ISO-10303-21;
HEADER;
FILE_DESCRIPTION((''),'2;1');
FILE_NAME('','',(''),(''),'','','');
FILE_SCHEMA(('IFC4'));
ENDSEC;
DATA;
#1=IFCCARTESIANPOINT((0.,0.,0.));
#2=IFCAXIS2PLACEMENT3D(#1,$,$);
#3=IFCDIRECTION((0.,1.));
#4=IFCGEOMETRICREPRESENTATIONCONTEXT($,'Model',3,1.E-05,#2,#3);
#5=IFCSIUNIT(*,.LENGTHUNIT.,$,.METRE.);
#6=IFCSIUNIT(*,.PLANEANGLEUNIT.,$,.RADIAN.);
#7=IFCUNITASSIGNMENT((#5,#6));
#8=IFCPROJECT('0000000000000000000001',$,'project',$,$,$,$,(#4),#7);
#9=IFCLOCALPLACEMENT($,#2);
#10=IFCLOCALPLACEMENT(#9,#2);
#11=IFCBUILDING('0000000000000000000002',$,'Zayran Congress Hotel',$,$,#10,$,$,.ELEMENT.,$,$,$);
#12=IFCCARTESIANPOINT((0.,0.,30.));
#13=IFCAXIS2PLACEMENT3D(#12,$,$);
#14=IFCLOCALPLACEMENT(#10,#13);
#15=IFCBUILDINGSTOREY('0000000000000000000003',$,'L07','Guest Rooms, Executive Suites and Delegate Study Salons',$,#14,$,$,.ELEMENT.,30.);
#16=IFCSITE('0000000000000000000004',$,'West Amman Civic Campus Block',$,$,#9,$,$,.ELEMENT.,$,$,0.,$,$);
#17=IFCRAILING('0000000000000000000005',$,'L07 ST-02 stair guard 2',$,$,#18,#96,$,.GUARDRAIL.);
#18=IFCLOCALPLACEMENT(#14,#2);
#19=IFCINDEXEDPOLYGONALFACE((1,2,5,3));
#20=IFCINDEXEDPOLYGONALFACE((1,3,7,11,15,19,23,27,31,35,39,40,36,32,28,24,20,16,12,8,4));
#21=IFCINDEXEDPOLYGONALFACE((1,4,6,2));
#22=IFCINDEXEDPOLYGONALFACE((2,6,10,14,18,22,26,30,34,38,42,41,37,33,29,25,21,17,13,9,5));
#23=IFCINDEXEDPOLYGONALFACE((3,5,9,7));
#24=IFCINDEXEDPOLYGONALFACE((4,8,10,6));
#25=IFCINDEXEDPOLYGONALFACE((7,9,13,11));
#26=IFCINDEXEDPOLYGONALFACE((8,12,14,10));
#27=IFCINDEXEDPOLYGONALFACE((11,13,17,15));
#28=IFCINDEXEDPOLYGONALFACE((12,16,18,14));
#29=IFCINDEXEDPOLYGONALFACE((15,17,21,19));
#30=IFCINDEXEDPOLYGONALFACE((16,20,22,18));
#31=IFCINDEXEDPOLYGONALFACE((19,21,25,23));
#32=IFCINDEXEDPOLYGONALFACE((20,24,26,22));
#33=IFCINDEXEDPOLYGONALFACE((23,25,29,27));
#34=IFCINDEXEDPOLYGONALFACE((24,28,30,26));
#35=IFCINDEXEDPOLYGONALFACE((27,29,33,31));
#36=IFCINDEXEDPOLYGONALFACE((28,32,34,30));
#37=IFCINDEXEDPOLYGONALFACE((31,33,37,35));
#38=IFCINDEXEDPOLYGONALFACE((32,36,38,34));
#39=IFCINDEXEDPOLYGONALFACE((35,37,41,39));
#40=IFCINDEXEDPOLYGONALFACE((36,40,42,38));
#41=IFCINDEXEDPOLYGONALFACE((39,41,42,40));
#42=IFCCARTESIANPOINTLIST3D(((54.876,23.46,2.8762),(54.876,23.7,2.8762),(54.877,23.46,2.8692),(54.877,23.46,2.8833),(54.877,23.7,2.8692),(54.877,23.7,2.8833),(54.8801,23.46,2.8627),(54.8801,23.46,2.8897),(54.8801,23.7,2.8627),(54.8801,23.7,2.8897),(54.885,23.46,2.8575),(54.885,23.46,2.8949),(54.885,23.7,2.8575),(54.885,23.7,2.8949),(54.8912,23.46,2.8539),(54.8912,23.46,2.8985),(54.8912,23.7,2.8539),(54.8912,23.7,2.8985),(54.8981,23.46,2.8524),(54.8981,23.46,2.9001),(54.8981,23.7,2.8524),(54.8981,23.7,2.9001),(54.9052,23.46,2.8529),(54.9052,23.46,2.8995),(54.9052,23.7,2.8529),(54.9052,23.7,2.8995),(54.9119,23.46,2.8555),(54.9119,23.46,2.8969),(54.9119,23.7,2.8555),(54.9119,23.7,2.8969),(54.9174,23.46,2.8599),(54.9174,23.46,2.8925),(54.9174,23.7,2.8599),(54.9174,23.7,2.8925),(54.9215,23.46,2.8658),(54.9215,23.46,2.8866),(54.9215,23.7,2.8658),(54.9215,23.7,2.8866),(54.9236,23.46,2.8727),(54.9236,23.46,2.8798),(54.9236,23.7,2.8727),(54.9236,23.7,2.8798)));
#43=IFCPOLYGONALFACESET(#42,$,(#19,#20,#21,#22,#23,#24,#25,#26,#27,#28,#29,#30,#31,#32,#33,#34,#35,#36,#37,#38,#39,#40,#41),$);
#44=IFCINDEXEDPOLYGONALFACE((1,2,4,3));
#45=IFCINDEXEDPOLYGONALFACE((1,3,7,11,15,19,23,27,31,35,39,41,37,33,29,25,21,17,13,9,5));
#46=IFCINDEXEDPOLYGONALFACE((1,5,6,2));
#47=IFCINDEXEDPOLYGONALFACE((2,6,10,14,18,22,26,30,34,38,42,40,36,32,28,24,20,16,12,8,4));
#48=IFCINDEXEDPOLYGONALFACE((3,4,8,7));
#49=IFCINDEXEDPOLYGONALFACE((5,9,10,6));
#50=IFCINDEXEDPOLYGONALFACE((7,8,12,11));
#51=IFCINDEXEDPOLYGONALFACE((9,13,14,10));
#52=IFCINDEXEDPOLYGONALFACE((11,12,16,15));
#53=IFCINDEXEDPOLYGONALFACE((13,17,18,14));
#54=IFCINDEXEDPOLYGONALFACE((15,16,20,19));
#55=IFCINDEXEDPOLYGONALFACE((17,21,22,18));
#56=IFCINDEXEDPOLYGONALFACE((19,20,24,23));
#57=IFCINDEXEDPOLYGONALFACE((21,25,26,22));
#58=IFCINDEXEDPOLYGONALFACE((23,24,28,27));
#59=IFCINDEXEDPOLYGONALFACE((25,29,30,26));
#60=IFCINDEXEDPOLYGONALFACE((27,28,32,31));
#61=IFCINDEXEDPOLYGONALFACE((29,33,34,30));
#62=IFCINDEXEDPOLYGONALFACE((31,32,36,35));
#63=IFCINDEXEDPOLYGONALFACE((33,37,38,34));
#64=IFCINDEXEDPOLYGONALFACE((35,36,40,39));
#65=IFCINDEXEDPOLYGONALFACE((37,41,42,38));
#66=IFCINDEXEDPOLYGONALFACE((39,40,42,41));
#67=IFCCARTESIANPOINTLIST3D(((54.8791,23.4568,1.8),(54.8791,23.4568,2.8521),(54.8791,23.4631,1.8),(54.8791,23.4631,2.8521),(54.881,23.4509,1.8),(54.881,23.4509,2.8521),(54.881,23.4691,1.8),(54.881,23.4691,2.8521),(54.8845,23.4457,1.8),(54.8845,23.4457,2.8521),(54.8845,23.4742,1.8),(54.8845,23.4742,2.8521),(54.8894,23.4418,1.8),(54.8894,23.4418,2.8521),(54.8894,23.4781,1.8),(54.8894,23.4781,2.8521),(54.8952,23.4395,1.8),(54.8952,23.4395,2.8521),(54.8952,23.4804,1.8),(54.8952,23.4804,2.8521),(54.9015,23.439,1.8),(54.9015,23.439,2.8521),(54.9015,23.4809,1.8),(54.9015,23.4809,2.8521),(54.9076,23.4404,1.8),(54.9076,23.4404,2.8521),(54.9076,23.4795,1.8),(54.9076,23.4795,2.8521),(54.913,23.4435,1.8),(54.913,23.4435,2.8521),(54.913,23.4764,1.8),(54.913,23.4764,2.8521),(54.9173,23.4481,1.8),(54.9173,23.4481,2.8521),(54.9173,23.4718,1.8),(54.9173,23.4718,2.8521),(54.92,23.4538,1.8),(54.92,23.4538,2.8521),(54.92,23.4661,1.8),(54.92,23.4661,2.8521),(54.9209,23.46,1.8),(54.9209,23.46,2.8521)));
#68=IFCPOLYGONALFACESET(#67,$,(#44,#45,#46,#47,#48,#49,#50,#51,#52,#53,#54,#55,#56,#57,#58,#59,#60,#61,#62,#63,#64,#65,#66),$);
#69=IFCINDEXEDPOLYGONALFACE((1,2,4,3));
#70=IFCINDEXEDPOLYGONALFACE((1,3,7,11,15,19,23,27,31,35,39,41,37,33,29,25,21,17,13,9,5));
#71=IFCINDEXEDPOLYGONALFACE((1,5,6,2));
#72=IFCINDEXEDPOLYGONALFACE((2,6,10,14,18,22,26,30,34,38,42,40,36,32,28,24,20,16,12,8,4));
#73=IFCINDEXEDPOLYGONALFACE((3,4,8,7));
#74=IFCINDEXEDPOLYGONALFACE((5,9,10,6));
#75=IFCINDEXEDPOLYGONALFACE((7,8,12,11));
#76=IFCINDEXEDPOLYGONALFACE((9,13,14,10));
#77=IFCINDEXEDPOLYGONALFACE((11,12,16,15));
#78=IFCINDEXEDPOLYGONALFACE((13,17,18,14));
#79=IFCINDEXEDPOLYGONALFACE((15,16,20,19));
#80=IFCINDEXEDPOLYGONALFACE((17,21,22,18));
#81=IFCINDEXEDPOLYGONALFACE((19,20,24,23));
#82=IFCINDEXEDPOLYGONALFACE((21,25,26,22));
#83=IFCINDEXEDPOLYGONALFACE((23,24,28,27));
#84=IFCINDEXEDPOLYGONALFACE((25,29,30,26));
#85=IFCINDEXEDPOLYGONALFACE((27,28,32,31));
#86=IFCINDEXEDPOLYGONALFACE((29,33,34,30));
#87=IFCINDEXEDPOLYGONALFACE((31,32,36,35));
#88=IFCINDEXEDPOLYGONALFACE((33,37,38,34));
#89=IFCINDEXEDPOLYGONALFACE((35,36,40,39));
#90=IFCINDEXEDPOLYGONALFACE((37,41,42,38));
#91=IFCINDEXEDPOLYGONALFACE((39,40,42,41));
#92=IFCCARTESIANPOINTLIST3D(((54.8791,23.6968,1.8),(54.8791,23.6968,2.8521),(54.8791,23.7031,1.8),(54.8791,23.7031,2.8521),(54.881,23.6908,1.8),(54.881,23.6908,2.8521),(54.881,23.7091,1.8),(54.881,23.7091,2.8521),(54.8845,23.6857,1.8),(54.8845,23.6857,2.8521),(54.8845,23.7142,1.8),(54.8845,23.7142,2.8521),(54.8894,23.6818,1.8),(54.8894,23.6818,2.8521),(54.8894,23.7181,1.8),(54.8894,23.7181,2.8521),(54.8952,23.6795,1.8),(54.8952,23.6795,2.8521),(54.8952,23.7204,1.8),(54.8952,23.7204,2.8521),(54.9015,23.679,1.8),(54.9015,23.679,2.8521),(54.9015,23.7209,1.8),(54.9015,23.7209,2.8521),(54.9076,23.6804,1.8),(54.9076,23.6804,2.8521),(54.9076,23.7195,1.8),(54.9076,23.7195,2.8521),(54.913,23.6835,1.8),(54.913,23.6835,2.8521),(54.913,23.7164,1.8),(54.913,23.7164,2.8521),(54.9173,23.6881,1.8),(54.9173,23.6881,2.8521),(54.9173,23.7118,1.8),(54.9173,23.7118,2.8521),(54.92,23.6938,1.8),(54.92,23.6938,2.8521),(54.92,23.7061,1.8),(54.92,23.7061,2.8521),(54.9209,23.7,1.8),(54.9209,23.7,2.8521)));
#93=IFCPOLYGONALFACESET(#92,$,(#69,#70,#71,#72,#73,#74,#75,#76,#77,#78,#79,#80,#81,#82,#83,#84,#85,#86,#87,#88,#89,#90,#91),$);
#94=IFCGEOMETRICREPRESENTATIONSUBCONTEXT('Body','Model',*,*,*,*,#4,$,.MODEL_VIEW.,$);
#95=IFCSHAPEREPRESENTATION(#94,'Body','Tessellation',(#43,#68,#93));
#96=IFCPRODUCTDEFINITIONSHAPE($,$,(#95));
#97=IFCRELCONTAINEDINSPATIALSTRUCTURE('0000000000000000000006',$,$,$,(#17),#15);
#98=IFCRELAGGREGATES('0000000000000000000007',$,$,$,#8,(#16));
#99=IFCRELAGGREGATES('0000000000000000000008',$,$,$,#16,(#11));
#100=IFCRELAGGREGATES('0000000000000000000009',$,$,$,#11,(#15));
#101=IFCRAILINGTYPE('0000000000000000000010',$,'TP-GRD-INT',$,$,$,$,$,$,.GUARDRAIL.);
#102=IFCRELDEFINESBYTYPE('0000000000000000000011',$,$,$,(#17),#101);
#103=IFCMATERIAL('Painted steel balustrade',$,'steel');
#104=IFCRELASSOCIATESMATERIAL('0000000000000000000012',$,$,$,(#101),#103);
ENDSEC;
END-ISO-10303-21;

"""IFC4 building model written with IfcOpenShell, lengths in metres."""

from ifc_helpers import new_model, si_unit, direction, frame, origin, origin_2d, place, context, subcontext, project, spatial, circle, extrude, material, type_object, element, save


model = new_model("IFC4")

# Units and contexts
model_context = context("Model", 3, precision=1e-05, world=origin(), true_north=direction((0.0, 1.0)))
body_context = subcontext(model_context, "Body", "Model", "MODEL_VIEW")
ifc_project = project(units=[si_unit("LENGTHUNIT", "METRE"), si_unit("PLANEANGLEUNIT", "RADIAN")], contexts=[model_context])

# Site, building, storey
site_placement = place(None, origin())
site = spatial("IfcSite", under=ifc_project, at=site_placement, Name="West Amman Civic Campus Block", CompositionType="ELEMENT", RefElevation=0.0)
building_placement = place(site_placement, origin())
building = spatial("IfcBuilding", under=site, at=building_placement, Name="Zayran Congress Hotel", CompositionType="ELEMENT")
storey_placement = place(building_placement, frame((0.0, 0.0, 30.0)))
storey = spatial("IfcBuildingStorey", under=building, at=storey_placement, Name="L07", Description="Guest Rooms, Executive Suites and Delegate Study Salons", CompositionType="ELEMENT", Elevation=30.0)

# Railing
ifc_material_1 = material(Name="Painted steel balustrade", Category="steel")
railing_type = type_object("IfcRailingType", Name="TP-GRD-INT", PredefinedType="GUARDRAIL", material=ifc_material_1)
railing_1_placement = place(storey_placement, frame((54.8999, 23.46, 1.8)))
element("IfcRailing", 1, at=railing_1_placement, inside=storey, type_object=railing_type, Name="L07 ST-02 stair guard 2", PredefinedType="GUARDRAIL", context=body_context, shape_type="SweptSolid", body=[
    extrude(circle(Radius=0.0239, at=origin_2d()), frame((0.0, 0.0, 1.0762), z_axis=(0.0, 1.0, 0.0), x_axis=(-1.0, 0.0, 0.0)), (0.0, 0.0, 1.0), 0.24),
    extrude(circle(Radius=0.021, at=origin_2d()), origin(), (0.0, 0.0, 1.0), 1.052),
    extrude(circle(Radius=0.021, at=origin_2d()), frame((0.0, 0.24, 0.0)), (0.0, 0.0, 1.0), 1.052),
])

save(model, "model.ifc")
